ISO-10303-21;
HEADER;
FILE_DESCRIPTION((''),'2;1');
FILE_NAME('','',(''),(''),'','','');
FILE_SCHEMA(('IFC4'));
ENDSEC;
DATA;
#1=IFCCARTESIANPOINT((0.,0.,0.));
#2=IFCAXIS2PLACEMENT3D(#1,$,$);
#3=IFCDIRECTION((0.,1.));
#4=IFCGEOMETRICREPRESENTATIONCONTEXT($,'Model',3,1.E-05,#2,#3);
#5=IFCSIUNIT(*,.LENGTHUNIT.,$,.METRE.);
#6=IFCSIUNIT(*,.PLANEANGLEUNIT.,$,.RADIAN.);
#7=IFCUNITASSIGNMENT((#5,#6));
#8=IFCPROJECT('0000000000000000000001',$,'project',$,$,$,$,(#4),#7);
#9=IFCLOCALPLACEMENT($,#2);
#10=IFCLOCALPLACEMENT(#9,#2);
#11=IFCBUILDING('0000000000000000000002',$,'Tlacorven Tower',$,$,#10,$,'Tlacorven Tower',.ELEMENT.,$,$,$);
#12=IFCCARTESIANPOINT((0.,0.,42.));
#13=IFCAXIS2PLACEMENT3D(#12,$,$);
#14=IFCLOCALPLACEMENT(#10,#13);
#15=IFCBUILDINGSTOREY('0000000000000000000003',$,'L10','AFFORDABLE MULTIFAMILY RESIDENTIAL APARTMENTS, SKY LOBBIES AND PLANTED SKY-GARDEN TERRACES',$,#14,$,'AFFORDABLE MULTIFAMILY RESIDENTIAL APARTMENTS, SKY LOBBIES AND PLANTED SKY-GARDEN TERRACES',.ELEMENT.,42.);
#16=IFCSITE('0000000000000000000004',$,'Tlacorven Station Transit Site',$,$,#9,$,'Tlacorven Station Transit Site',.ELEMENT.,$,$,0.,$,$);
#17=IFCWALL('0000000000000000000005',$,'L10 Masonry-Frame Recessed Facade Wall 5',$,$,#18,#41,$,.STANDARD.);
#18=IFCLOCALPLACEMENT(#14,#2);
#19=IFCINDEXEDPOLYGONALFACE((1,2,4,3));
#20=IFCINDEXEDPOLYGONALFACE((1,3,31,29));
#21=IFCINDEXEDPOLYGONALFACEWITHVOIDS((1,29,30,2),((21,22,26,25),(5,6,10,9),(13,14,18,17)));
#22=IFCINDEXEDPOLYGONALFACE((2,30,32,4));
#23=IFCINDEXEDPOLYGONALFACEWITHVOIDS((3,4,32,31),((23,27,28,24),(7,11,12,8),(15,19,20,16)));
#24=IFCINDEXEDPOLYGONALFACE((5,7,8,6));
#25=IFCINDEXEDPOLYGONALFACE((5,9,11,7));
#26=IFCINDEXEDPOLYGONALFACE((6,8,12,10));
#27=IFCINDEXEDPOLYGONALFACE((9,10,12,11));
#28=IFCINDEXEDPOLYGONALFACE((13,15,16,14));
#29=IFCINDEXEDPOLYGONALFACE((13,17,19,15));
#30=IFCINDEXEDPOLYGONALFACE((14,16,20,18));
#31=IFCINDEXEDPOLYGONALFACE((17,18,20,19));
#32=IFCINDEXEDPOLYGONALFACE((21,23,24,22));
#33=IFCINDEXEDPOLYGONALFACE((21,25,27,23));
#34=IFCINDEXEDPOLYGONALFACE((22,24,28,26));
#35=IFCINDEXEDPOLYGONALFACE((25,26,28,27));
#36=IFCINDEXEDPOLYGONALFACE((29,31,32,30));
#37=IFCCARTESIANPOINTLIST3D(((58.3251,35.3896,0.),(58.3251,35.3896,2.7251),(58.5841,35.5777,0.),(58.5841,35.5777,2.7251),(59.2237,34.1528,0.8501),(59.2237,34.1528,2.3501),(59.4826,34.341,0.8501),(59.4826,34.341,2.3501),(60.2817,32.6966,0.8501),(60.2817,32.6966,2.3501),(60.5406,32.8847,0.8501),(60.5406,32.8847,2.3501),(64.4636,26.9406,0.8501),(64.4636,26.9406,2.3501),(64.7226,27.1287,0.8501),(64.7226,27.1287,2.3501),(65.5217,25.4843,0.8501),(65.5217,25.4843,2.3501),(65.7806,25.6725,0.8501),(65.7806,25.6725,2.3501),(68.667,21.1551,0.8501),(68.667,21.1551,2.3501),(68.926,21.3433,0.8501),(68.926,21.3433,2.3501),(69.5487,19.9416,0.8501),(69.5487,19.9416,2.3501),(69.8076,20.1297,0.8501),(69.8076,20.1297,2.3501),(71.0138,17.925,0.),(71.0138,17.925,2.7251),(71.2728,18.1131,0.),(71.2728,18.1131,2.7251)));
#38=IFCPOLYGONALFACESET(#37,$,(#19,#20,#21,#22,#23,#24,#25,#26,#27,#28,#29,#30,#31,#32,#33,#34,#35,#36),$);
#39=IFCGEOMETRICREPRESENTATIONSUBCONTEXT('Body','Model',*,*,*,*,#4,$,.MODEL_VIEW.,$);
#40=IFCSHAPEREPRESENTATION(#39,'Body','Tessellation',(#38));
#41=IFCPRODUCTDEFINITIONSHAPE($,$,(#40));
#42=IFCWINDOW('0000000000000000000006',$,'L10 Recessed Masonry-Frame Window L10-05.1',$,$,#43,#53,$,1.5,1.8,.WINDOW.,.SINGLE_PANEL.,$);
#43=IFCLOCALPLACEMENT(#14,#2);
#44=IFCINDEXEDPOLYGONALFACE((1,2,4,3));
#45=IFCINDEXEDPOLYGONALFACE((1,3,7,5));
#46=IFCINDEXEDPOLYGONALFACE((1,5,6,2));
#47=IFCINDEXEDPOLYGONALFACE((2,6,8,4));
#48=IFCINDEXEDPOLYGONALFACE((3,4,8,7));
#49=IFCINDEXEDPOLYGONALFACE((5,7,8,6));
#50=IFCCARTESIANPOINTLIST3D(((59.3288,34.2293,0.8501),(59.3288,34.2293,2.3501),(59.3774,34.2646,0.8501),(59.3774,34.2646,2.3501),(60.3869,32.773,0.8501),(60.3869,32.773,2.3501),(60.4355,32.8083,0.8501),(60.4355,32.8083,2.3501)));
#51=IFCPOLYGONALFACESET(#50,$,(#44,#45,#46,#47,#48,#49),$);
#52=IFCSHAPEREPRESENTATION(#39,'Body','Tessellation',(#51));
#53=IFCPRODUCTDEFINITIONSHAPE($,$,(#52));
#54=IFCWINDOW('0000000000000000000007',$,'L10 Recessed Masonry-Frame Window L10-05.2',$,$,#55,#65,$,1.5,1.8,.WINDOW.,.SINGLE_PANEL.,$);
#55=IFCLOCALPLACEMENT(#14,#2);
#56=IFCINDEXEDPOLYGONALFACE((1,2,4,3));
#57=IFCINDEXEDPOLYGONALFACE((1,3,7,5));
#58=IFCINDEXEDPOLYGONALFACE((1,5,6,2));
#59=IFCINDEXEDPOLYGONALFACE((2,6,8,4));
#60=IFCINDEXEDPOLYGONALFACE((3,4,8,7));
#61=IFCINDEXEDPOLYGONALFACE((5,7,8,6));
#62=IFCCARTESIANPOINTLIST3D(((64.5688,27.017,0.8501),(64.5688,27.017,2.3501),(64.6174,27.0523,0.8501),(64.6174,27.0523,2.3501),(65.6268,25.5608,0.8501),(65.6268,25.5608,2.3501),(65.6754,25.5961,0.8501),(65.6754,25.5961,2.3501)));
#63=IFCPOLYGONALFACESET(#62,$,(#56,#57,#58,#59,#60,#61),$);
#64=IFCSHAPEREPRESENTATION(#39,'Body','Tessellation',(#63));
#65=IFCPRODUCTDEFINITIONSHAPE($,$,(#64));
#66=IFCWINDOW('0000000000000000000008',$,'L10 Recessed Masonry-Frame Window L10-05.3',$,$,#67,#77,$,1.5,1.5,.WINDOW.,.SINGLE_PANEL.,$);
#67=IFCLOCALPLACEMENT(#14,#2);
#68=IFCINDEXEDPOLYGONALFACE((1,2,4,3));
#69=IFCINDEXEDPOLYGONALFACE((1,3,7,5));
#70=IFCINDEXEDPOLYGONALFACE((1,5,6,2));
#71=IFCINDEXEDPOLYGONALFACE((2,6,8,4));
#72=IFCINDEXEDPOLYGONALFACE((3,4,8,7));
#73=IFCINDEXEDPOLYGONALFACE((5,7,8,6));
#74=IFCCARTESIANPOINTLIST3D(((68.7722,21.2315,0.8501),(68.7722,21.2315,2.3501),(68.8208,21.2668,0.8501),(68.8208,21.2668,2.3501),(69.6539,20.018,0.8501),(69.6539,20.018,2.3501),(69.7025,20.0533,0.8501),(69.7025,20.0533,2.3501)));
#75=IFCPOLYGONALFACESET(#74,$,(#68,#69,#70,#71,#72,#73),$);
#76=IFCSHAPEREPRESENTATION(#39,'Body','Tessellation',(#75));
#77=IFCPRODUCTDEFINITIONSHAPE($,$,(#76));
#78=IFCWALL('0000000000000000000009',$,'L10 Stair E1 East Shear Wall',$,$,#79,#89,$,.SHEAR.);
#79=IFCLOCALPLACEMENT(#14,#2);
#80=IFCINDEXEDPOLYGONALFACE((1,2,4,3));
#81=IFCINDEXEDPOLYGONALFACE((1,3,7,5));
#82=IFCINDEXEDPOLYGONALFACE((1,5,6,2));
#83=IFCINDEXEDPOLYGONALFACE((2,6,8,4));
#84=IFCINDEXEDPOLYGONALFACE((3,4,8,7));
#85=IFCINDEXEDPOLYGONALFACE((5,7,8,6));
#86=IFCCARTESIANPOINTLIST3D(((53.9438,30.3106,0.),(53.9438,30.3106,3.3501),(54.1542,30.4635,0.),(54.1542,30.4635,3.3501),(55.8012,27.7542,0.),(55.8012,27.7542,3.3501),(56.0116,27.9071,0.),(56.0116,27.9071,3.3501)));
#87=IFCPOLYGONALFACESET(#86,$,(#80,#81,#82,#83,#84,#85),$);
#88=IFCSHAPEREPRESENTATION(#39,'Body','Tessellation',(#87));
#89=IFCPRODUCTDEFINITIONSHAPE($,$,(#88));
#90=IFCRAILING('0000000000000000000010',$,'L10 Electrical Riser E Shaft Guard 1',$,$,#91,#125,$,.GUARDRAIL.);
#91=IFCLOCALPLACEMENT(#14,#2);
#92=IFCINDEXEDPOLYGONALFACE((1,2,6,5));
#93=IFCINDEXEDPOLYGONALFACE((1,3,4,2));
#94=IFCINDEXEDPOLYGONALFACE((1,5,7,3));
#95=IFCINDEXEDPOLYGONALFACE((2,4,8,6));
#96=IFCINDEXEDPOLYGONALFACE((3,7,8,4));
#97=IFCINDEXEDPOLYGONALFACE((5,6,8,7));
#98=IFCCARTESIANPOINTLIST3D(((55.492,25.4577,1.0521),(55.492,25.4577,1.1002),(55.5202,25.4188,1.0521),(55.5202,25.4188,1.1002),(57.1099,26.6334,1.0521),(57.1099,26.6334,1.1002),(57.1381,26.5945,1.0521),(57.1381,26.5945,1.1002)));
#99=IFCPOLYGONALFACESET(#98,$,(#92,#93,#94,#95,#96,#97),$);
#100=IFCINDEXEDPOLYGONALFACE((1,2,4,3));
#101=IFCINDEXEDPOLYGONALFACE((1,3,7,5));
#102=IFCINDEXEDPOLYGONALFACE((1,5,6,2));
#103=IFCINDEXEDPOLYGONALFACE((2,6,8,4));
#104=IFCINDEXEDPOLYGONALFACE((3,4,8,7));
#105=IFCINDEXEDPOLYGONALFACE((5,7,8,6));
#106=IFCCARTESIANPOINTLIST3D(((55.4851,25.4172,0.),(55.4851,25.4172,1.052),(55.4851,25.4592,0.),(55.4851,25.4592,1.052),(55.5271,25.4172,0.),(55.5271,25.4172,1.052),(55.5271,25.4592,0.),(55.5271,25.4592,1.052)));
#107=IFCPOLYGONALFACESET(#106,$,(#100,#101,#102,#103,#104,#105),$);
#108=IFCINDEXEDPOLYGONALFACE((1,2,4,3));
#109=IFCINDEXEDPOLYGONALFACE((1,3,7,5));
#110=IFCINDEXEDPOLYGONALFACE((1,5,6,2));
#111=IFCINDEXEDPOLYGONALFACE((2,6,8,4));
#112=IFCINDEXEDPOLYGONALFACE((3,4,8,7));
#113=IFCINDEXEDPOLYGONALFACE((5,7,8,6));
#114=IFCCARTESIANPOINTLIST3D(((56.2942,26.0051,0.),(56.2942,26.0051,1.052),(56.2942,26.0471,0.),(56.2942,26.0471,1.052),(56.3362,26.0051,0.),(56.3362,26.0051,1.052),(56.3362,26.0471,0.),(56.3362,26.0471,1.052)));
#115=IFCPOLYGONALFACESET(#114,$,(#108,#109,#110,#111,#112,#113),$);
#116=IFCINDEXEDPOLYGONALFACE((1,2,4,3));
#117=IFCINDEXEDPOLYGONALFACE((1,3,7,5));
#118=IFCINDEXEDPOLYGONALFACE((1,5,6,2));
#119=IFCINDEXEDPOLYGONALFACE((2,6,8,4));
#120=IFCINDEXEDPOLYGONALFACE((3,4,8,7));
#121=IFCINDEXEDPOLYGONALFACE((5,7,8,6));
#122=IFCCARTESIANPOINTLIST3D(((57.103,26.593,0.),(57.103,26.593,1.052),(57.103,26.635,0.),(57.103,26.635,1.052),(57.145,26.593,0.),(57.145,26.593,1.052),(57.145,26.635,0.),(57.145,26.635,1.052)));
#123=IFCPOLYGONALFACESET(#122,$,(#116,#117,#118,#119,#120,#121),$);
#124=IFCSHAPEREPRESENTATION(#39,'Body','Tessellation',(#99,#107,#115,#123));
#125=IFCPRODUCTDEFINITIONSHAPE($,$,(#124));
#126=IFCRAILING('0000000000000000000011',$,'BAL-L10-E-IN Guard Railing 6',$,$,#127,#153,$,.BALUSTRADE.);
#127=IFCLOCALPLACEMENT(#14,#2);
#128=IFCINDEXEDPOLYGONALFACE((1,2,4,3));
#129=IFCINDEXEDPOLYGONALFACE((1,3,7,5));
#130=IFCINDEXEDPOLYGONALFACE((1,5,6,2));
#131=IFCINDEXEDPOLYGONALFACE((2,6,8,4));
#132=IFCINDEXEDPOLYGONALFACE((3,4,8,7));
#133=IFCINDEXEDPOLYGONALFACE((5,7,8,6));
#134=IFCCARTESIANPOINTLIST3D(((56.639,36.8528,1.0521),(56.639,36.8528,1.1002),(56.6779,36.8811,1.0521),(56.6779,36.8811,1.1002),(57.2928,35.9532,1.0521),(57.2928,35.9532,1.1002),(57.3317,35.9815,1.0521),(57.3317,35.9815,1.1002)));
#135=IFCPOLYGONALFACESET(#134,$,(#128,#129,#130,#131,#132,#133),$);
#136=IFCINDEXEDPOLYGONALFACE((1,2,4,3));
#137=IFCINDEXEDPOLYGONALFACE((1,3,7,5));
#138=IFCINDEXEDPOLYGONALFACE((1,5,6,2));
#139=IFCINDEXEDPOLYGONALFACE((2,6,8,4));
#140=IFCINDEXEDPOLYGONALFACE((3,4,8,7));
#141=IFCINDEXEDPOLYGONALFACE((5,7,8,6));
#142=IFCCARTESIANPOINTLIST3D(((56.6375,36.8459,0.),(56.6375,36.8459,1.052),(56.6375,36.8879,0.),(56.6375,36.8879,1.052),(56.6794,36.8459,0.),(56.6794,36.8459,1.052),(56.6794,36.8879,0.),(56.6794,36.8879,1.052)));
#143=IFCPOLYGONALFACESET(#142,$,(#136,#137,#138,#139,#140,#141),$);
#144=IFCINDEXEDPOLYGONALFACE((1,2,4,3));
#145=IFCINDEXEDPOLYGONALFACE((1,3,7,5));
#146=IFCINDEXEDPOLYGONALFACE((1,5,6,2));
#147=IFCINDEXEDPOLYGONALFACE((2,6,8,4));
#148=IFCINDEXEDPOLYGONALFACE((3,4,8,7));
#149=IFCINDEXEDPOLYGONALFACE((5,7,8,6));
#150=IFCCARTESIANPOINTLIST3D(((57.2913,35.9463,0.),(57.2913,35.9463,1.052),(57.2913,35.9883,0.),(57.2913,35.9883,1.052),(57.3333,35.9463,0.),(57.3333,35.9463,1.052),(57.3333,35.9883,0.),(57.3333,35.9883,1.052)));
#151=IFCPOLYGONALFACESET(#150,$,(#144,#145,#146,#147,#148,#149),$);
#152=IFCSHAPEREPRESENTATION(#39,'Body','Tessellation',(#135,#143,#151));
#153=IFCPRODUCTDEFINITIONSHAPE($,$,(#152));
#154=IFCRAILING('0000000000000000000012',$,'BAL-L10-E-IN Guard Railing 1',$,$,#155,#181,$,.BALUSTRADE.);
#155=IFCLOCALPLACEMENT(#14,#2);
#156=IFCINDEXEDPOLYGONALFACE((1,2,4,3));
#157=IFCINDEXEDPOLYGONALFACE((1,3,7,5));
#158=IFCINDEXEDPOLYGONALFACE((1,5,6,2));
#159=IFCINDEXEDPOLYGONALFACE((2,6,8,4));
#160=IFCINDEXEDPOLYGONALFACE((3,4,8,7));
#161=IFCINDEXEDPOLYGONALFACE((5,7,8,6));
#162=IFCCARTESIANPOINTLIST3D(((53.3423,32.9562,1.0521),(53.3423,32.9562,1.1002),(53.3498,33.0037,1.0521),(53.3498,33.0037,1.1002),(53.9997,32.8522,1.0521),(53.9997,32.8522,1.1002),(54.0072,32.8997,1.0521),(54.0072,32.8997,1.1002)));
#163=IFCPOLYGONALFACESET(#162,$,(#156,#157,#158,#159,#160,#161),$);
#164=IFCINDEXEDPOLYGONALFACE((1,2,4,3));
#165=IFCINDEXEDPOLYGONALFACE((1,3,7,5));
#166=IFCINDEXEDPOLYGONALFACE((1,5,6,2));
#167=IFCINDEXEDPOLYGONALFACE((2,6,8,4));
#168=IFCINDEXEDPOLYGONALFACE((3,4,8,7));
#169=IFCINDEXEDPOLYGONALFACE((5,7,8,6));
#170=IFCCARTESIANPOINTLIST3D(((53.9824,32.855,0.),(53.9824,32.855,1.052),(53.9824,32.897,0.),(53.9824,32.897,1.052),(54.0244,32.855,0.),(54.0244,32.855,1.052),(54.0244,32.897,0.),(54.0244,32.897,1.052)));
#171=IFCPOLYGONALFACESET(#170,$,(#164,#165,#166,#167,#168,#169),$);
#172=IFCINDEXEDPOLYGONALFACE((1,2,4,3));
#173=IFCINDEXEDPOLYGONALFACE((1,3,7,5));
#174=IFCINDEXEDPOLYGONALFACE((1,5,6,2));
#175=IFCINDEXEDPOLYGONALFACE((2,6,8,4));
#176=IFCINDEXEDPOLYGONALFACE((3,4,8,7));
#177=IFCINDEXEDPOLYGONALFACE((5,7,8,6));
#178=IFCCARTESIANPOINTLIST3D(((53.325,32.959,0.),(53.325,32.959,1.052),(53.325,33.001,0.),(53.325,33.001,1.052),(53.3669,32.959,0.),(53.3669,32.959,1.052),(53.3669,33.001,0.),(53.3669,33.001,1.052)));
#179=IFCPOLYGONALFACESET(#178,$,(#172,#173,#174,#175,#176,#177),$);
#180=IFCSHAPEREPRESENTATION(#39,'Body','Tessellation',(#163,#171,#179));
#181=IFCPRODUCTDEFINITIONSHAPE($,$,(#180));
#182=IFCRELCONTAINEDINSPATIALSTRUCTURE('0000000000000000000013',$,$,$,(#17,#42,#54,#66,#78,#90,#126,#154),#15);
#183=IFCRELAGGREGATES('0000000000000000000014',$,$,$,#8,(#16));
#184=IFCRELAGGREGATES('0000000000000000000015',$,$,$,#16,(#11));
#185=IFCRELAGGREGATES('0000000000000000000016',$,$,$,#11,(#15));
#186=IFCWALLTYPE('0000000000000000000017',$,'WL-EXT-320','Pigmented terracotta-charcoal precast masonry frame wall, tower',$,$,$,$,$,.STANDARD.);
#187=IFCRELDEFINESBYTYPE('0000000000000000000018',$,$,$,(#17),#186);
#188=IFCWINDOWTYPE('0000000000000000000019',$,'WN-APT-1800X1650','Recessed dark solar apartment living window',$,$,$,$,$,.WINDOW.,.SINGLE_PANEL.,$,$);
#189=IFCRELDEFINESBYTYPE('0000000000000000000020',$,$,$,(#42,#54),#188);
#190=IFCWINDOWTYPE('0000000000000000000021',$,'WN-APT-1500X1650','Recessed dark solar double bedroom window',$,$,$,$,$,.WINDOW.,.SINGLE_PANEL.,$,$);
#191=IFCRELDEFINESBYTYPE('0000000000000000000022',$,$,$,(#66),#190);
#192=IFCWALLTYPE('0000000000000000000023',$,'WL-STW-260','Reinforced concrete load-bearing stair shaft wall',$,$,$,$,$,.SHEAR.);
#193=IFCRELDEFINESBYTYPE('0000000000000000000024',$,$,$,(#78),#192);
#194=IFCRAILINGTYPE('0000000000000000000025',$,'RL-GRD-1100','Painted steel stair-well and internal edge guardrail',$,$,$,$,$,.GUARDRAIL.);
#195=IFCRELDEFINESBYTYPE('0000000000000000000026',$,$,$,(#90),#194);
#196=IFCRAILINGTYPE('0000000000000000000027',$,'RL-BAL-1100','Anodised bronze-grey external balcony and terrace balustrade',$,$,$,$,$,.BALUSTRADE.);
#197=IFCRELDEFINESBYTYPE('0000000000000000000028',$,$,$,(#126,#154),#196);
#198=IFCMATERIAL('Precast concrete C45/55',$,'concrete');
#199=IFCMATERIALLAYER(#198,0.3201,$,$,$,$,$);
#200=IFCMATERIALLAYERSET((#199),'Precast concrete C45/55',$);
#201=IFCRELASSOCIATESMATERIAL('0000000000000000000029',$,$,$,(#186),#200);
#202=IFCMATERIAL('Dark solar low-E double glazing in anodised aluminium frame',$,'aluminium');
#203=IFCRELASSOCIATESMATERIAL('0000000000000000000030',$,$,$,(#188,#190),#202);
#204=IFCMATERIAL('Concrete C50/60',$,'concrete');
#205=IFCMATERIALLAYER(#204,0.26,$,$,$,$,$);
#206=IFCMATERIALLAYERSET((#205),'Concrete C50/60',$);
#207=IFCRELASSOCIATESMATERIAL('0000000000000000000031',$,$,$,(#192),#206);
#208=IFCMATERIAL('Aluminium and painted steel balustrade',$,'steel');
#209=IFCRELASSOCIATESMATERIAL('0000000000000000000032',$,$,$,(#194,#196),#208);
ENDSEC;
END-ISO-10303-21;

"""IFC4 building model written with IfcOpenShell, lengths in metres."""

from ifc_helpers import new_model, si_unit, direction, frame, frame_2d, origin, origin_2d, place, context, subcontext, project, spatial, rectangle, extrude, source, transform, mapped, material, layer, layer_set, type_object, element, fill, save


model = new_model("IFC4")

# Units and contexts
model_context = context("Model", 3, precision=1e-05, world=origin(), true_north=direction((0.0, 1.0)))
body_context = subcontext(model_context, "Body", "Model", "MODEL_VIEW")
ifc_project = project(units=[si_unit("LENGTHUNIT", "METRE"), si_unit("PLANEANGLEUNIT", "RADIAN")], contexts=[model_context])

# Site, building, storey
site_placement = place(None, origin())
site = spatial("IfcSite", under=ifc_project, at=site_placement, Name="Tlacorven Station Transit Site", LongName="Tlacorven Station Transit Site", CompositionType="ELEMENT", RefElevation=0.0)
building_placement = place(site_placement, origin())
building = spatial("IfcBuilding", under=site, at=building_placement, Name="Tlacorven Tower", LongName="Tlacorven Tower", CompositionType="ELEMENT")
storey_placement = place(building_placement, frame((0.0, 0.0, 42.0)))
storey = spatial("IfcBuildingStorey", under=building, at=storey_placement, Name="L10", Description="AFFORDABLE MULTIFAMILY RESIDENTIAL APARTMENTS, SKY LOBBIES AND PLANTED SKY-GARDEN TERRACES", LongName="AFFORDABLE MULTIFAMILY RESIDENTIAL APARTMENTS, SKY LOBBIES AND PLANTED SKY-GARDEN TERRACES", CompositionType="ELEMENT", Elevation=42.0)

# Wall, openings, windows
ifc_material_1 = material(Name="Precast concrete C45/55", Category="concrete")
ifc_layer_1 = layer(ifc_material_1, 0.3201)
ifc_layer_set_1 = layer_set([ifc_layer_1], Name="Precast concrete C45/55")
wall_type_1 = type_object("IfcWallType", Name="WL-EXT-320", Description="Pigmented terracotta-charcoal precast masonry frame wall, tower", PredefinedType="STANDARD", material=ifc_layer_set_1)
wall_1_placement = place(storey_placement, frame((58.4546, 35.4836, 0.0), z_axis=(0.0, 0.0, 1.0), x_axis=(0.587784, -0.809018, 0.0)))
wall_1 = element("IfcWall", 1, at=wall_1_placement, inside=storey, type_object=wall_type_1, Name="L10 Masonry-Frame Recessed Facade Wall 5", PredefinedType="STANDARD", context=body_context, shape_type="SweptSolid", body=[
    extrude(rectangle(XDim=21.5874, YDim=0.3201, at=frame_2d((10.7937, 0.0))), origin(), (0.0, 0.0, 1.0), 2.7251),
])
opening_1_placement = place(wall_1_placement, frame((1.5288, 0.0, 0.8501)))
opening_1 = element("IfcOpeningElement", 2, at=opening_1_placement, cuts=wall_1, PredefinedType="OPENING", context=body_context, shape_type="SweptSolid", body=[
    extrude(rectangle(XDim=1.8, YDim=1.5, at=frame_2d((0.8999, 0.75))), frame((0.0, 0.1699, 0.0), z_axis=(0.0, -1.0, 0.0), x_axis=(1.0, 0.0, 0.0)), (0.0, 0.0, 1.0), 0.3401),
])
opening_2_placement = place(wall_1_placement, frame((10.4436, 0.0, 0.8501)))
opening_2 = element("IfcOpeningElement", 3, at=opening_2_placement, cuts=wall_1, PredefinedType="OPENING", context=body_context, shape_type="SweptSolid", body=[
    extrude(rectangle(XDim=1.8, YDim=1.5, at=frame_2d((0.8999, 0.75))), frame((0.0, 0.1699, 0.0), z_axis=(0.0, -1.0, 0.0), x_axis=(1.0, 0.0, 0.0)), (0.0, 0.0, 1.0), 0.3401),
])
opening_3_placement = place(wall_1_placement, frame((17.5947, 0.0, 0.8501)))
opening_3 = element("IfcOpeningElement", 4, at=opening_3_placement, cuts=wall_1, PredefinedType="OPENING", context=body_context, shape_type="SweptSolid", body=[
    extrude(rectangle(XDim=1.5, YDim=1.5, at=frame_2d((0.75, 0.75))), frame((0.0, 0.1699, 0.0), z_axis=(0.0, -1.0, 0.0), x_axis=(1.0, 0.0, 0.0)), (0.0, 0.0, 1.0), 0.3401),
])
ifc_material_2 = material(Name="Dark solar low-E double glazing in anodised aluminium frame", Category="aluminium")
window_type_1 = type_object("IfcWindowType", Name="WN-APT-1800X1650", Description="Recessed dark solar apartment living window", PartitioningType="SINGLE_PANEL", PredefinedType="WINDOW", material=ifc_material_2)
shared_shape_1 = source(origin(), body_context, "Body", "SweptSolid", [
    extrude(rectangle(XDim=1.8, YDim=1.5, at=frame_2d((0.8999, 0.75))), frame((0.0, 0.03, 0.0), z_axis=(0.0, -1.0, 0.0), x_axis=(1.0, 0.0, 0.0)), (0.0, 0.0, 1.0), 0.0601),
])
window_1_placement = place(opening_1_placement, origin())
window_1 = element("IfcWindow", 5, at=window_1_placement, inside=storey, type_object=window_type_1, Name="L10 Recessed Masonry-Frame Window L10-05.1", OverallHeight=1.5, OverallWidth=1.8, PartitioningType="SINGLE_PANEL", PredefinedType="WINDOW", context=body_context, shape_type="MappedRepresentation", body=[
    mapped(shared_shape_1, transform((0.0, 0.0, 0.0), scale=1.0)),
])
fill(opening_1, window_1)
window_2_placement = place(opening_2_placement, origin())
window_2 = element("IfcWindow", 6, at=window_2_placement, inside=storey, type_object=window_type_1, Name="L10 Recessed Masonry-Frame Window L10-05.2", OverallHeight=1.5, OverallWidth=1.8, PartitioningType="SINGLE_PANEL", PredefinedType="WINDOW", context=body_context, shape_type="MappedRepresentation", body=[
    mapped(shared_shape_1, transform((0.0, 0.0, 0.0), scale=1.0)),
])
fill(opening_2, window_2)
window_type_2 = type_object("IfcWindowType", Name="WN-APT-1500X1650", Description="Recessed dark solar double bedroom window", PartitioningType="SINGLE_PANEL", PredefinedType="WINDOW", material=ifc_material_2)
shared_shape_2 = source(origin(), body_context, "Body", "SweptSolid", [
    extrude(rectangle(XDim=1.5, YDim=1.5, at=frame_2d((0.75, 0.75))), frame((0.0, 0.03, 0.0), z_axis=(0.0, -1.0, 0.0), x_axis=(1.0, 0.0, 0.0)), (0.0, 0.0, 1.0), 0.0601),
])
window_3_placement = place(opening_3_placement, origin())
window_3 = element("IfcWindow", 7, at=window_3_placement, inside=storey, type_object=window_type_2, Name="L10 Recessed Masonry-Frame Window L10-05.3", OverallHeight=1.5, OverallWidth=1.5, PartitioningType="SINGLE_PANEL", PredefinedType="WINDOW", context=body_context, shape_type="MappedRepresentation", body=[
    mapped(shared_shape_2, transform((0.0, 0.0, 0.0), scale=1.0)),
])
fill(opening_3, window_3)

# Wall
ifc_material_3 = material(Name="Concrete C50/60", Category="concrete")
ifc_layer_2 = layer(ifc_material_3, 0.26)
ifc_layer_set_2 = layer_set([ifc_layer_2], Name="Concrete C50/60")
wall_type_2 = type_object("IfcWallType", Name="WL-STW-260", Description="Reinforced concrete load-bearing stair shaft wall", PredefinedType="SHEAR", material=ifc_layer_set_2)
wall_2_placement = place(storey_placement, frame((55.9065, 27.8306, 0.0), z_axis=(0.0, 0.0, 1.0), x_axis=(-0.587804, 0.809003, 0.0)))
element("IfcWall", 8, at=wall_2_placement, inside=storey, type_object=wall_type_2, Name="L10 Stair E1 East Shear Wall", PredefinedType="SHEAR", context=body_context, shape_type="SweptSolid", body=[
    extrude(rectangle(XDim=3.1599, YDim=0.26, at=frame_2d((1.5801, 0.0))), origin(), (0.0, 0.0, 1.0), 3.3501),
])

# Railings
ifc_material_4 = material(Name="Aluminium and painted steel balustrade", Category="steel")
railing_type_1 = type_object("IfcRailingType", Name="RL-GRD-1100", Description="Painted steel stair-well and internal edge guardrail", PredefinedType="GUARDRAIL", material=ifc_material_4)
shared_shape_3 = source(origin(), body_context, "Body", "SweptSolid", [
    extrude(rectangle(XDim=0.0481, YDim=0.0481, at=origin_2d()), frame((0.0, 0.0, 1.0762), z_axis=(0.808947, 0.587881, 0.0), x_axis=(-0.587881, 0.808947, 0.0)), (0.0, 0.0, 1.0), 2.0),
    extrude(rectangle(XDim=0.042, YDim=0.042, at=origin_2d()), origin(), (0.0, 0.0, 1.0), 1.052),
    extrude(rectangle(XDim=0.042, YDim=0.042, at=origin_2d()), frame((0.8091, 0.5879, 0.0)), (0.0, 0.0, 1.0), 1.052),
    extrude(rectangle(XDim=0.042, YDim=0.042, at=origin_2d()), frame((1.6179, 1.1758, 0.0)), (0.0, 0.0, 1.0), 1.052),
])
railing_1_placement = place(storey_placement, frame((55.5061, 25.4382, 0.0)))
element("IfcRailing", 9, at=railing_1_placement, inside=storey, type_object=railing_type_1, Name="L10 Electrical Riser E Shaft Guard 1", PredefinedType="GUARDRAIL", context=body_context, shape_type="MappedRepresentation", body=[
    mapped(shared_shape_3, transform((0.0, 0.0, 0.0), scale=1.0)),
])
railing_type_2 = type_object("IfcRailingType", Name="RL-BAL-1100", Description="Anodised bronze-grey external balcony and terrace balustrade", PredefinedType="BALUSTRADE", material=ifc_material_4)
shared_shape_4 = source(origin(), body_context, "Body", "SweptSolid", [
    extrude(rectangle(XDim=0.0481, YDim=0.0481, at=origin_2d()), frame((0.0, 0.0, 1.0762), z_axis=(0.587884, -0.808945, 0.0), x_axis=(0.808945, 0.587884, 0.0)), (0.0, 0.0, 1.0), 1.1121),
    extrude(rectangle(XDim=0.042, YDim=0.042, at=origin_2d()), origin(), (0.0, 0.0, 1.0), 1.052),
    extrude(rectangle(XDim=0.042, YDim=0.042, at=origin_2d()), frame((0.6538, -0.8997, 0.0)), (0.0, 0.0, 1.0), 1.052),
])
railing_2_placement = place(storey_placement, frame((56.6584, 36.8669, 0.0)))
element("IfcRailing", 10, at=railing_2_placement, inside=storey, type_object=railing_type_2, Name="BAL-L10-E-IN Guard Railing 6", PredefinedType="BALUSTRADE", context=body_context, shape_type="MappedRepresentation", body=[
    mapped(shared_shape_4, transform((0.0, 0.0, 0.0), scale=1.0)),
])
shared_shape_5 = source(origin(), body_context, "Body", "SweptSolid", [
    extrude(rectangle(XDim=0.0481, YDim=0.0481, at=origin_2d()), frame((0.0, 0.0, 1.0762), z_axis=(-0.987718, 0.156245, 0.0), x_axis=(-0.156245, -0.987718, 0.0)), (0.0, 0.0, 1.0), 0.6655),
    extrude(rectangle(XDim=0.042, YDim=0.042, at=origin_2d()), origin(), (0.0, 0.0, 1.0), 1.052),
    extrude(rectangle(XDim=0.042, YDim=0.042, at=origin_2d()), frame((-0.6575, 0.104, 0.0)), (0.0, 0.0, 1.0), 1.052),
])
railing_3_placement = place(storey_placement, frame((54.0034, 32.876, 0.0)))
element("IfcRailing", 11, at=railing_3_placement, inside=storey, type_object=railing_type_2, Name="BAL-L10-E-IN Guard Railing 1", PredefinedType="BALUSTRADE", context=body_context, shape_type="MappedRepresentation", body=[
    mapped(shared_shape_5, transform((0.0, 0.0, 0.0), scale=1.0)),
])

save(model, "model.ifc")
